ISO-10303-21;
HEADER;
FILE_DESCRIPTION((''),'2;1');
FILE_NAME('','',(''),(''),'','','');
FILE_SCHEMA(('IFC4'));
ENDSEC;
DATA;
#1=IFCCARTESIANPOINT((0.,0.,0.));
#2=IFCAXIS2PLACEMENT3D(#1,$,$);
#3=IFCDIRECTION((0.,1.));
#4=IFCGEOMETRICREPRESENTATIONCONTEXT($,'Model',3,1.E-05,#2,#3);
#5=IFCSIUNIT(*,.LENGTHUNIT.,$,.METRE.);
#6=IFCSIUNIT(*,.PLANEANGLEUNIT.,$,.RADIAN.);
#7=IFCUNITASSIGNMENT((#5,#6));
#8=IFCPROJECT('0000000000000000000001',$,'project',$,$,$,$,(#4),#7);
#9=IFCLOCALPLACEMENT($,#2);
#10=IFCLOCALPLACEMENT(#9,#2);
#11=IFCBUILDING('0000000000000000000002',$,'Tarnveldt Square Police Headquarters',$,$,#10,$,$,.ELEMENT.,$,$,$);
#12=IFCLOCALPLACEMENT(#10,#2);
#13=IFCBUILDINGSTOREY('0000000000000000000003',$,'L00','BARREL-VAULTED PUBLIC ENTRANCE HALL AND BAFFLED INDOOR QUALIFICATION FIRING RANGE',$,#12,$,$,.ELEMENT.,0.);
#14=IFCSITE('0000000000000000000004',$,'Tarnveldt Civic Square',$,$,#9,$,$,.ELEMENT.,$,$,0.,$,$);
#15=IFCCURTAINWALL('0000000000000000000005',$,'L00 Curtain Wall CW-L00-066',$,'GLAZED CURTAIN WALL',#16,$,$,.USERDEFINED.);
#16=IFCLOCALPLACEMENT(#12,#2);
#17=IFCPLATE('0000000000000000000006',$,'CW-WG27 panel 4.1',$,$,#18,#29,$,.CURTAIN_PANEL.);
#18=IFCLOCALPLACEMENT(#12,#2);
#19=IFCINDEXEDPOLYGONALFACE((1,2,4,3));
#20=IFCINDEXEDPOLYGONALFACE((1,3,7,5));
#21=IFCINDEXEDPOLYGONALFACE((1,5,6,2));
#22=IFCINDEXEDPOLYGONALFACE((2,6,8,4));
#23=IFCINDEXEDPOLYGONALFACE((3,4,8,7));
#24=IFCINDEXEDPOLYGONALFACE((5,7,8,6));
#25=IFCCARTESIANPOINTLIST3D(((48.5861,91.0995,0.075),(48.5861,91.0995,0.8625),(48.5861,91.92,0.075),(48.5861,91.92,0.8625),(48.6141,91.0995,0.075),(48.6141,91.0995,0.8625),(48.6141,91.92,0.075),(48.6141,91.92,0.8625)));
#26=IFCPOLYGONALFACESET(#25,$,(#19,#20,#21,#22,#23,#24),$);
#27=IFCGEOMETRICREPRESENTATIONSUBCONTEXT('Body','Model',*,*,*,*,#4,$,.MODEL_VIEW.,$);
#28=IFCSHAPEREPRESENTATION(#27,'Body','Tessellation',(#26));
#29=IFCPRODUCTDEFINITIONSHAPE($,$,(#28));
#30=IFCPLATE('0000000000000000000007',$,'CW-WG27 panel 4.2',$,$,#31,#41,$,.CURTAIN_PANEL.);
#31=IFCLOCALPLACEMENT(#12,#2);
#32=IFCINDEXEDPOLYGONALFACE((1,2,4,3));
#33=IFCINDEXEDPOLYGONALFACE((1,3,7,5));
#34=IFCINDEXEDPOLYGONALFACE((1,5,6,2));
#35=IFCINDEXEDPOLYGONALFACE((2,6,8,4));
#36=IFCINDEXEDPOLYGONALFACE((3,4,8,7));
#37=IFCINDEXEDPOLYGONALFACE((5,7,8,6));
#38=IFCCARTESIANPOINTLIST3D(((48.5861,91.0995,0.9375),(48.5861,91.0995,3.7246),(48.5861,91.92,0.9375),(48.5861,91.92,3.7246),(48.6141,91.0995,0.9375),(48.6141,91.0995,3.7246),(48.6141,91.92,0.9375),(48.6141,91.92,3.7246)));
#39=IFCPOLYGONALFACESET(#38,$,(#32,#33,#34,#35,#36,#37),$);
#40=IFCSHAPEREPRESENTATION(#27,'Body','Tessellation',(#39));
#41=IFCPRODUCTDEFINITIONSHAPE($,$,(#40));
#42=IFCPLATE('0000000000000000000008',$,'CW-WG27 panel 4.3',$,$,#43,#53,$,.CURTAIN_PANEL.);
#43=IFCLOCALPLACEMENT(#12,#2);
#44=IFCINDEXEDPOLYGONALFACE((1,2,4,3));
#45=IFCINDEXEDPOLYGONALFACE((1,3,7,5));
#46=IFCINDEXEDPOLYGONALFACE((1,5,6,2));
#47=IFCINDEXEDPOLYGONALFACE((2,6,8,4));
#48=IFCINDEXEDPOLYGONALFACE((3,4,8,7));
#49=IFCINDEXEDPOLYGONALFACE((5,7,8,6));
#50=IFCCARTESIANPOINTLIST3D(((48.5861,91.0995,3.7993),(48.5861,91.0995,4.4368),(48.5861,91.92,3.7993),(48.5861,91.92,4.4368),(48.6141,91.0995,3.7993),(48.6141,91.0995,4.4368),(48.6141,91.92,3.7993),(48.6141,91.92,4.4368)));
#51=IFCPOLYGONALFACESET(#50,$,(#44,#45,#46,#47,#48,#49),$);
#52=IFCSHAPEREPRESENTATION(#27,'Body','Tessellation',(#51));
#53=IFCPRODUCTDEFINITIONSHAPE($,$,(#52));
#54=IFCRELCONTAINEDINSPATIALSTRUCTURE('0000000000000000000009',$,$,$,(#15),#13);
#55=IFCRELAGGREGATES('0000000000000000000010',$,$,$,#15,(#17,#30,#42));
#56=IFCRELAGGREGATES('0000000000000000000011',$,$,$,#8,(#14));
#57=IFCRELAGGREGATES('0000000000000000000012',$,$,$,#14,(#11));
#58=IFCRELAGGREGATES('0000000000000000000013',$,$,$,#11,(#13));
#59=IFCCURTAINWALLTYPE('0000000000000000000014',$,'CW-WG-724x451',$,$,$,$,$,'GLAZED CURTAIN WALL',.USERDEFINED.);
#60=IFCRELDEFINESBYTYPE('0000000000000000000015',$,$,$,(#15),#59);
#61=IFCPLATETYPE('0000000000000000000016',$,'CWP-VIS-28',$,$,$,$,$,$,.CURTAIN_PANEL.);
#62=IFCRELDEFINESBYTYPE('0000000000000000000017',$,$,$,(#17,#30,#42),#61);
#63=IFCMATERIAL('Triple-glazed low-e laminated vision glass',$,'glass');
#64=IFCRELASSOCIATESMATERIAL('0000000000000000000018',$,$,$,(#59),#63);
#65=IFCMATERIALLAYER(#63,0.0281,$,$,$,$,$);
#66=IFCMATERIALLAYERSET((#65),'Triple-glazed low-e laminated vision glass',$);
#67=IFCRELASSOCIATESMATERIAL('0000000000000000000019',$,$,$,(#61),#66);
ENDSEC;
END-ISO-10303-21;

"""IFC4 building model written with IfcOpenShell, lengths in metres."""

from ifc_helpers import new_model, si_unit, direction, frame, origin, origin_2d, place, context, subcontext, project, spatial, rectangle, extrude, material, layer, layer_set, type_object, element, aggregate, save


model = new_model("IFC4")

# Units and contexts
model_context = context("Model", 3, precision=1e-05, world=origin(), true_north=direction((0.0, 1.0)))
body_context = subcontext(model_context, "Body", "Model", "MODEL_VIEW")
ifc_project = project(units=[si_unit("LENGTHUNIT", "METRE"), si_unit("PLANEANGLEUNIT", "RADIAN")], contexts=[model_context])

# Site, building, storey
site_placement = place(None, origin())
site = spatial("IfcSite", under=ifc_project, at=site_placement, Name="Tarnveldt Civic Square", CompositionType="ELEMENT", RefElevation=0.0)
building_placement = place(site_placement, origin())
building = spatial("IfcBuilding", under=site, at=building_placement, Name="Tarnveldt Square Police Headquarters", CompositionType="ELEMENT")
storey_placement = place(building_placement, origin())
storey = spatial("IfcBuildingStorey", under=building, at=storey_placement, Name="L00", Description="BARREL-VAULTED PUBLIC ENTRANCE HALL AND BAFFLED INDOOR QUALIFICATION FIRING RANGE", CompositionType="ELEMENT", Elevation=0.0)

# Curtain wall, plates
ifc_material_1 = material(Name="Triple-glazed low-e laminated vision glass", Category="glass")
curtain_wall_type = type_object("IfcCurtainWallType", Name="CW-WG-724x451", ElementType="GLAZED CURTAIN WALL", PredefinedType="USERDEFINED", material=ifc_material_1)
curtain_wall_placement = place(storey_placement, origin())
curtain_wall = element("IfcCurtainWall", 1, at=curtain_wall_placement, inside=storey, type_object=curtain_wall_type, Name="L00 Curtain Wall CW-L00-066", ObjectType="GLAZED CURTAIN WALL", PredefinedType="USERDEFINED")
ifc_layer = layer(ifc_material_1, 0.0281)
ifc_layer_set = layer_set([ifc_layer], Name="Triple-glazed low-e laminated vision glass")
plate_type = type_object("IfcPlateType", Name="CWP-VIS-28", PredefinedType="CURTAIN_PANEL", material=ifc_layer_set)
plate_1_placement = place(storey_placement, frame((48.6001, 91.5098, 0.075), z_axis=(0.0, 0.0, 1.0), x_axis=(0.0, 1.0, 0.0)))
plate_1 = element("IfcPlate", 2, at=plate_1_placement, type_object=plate_type, Name="CW-WG27 panel 4.1", PredefinedType="CURTAIN_PANEL", context=body_context, shape_type="SweptSolid", body=[
    extrude(rectangle(XDim=0.8206, YDim=0.0281, at=origin_2d()), origin(), (0.0, 0.0, 1.0), 0.7876),
])
plate_2_placement = place(storey_placement, frame((48.6001, 91.5098, 0.9375), z_axis=(0.0, 0.0, 1.0), x_axis=(0.0, 1.0, 0.0)))
plate_2 = element("IfcPlate", 3, at=plate_2_placement, type_object=plate_type, Name="CW-WG27 panel 4.2", PredefinedType="CURTAIN_PANEL", context=body_context, shape_type="SweptSolid", body=[
    extrude(rectangle(XDim=0.8206, YDim=0.0281, at=origin_2d()), origin(), (0.0, 0.0, 1.0), 2.7871),
])
plate_3_placement = place(storey_placement, frame((48.6001, 91.5098, 3.7993), z_axis=(0.0, 0.0, 1.0), x_axis=(0.0, 1.0, 0.0)))
plate_3 = element("IfcPlate", 4, at=plate_3_placement, type_object=plate_type, Name="CW-WG27 panel 4.3", PredefinedType="CURTAIN_PANEL", context=body_context, shape_type="SweptSolid", body=[
    extrude(rectangle(XDim=0.8206, YDim=0.0281, at=origin_2d()), origin(), (0.0, 0.0, 1.0), 0.6375),
])
aggregate(curtain_wall, [plate_1, plate_2, plate_3])

save(model, "model.ifc")
